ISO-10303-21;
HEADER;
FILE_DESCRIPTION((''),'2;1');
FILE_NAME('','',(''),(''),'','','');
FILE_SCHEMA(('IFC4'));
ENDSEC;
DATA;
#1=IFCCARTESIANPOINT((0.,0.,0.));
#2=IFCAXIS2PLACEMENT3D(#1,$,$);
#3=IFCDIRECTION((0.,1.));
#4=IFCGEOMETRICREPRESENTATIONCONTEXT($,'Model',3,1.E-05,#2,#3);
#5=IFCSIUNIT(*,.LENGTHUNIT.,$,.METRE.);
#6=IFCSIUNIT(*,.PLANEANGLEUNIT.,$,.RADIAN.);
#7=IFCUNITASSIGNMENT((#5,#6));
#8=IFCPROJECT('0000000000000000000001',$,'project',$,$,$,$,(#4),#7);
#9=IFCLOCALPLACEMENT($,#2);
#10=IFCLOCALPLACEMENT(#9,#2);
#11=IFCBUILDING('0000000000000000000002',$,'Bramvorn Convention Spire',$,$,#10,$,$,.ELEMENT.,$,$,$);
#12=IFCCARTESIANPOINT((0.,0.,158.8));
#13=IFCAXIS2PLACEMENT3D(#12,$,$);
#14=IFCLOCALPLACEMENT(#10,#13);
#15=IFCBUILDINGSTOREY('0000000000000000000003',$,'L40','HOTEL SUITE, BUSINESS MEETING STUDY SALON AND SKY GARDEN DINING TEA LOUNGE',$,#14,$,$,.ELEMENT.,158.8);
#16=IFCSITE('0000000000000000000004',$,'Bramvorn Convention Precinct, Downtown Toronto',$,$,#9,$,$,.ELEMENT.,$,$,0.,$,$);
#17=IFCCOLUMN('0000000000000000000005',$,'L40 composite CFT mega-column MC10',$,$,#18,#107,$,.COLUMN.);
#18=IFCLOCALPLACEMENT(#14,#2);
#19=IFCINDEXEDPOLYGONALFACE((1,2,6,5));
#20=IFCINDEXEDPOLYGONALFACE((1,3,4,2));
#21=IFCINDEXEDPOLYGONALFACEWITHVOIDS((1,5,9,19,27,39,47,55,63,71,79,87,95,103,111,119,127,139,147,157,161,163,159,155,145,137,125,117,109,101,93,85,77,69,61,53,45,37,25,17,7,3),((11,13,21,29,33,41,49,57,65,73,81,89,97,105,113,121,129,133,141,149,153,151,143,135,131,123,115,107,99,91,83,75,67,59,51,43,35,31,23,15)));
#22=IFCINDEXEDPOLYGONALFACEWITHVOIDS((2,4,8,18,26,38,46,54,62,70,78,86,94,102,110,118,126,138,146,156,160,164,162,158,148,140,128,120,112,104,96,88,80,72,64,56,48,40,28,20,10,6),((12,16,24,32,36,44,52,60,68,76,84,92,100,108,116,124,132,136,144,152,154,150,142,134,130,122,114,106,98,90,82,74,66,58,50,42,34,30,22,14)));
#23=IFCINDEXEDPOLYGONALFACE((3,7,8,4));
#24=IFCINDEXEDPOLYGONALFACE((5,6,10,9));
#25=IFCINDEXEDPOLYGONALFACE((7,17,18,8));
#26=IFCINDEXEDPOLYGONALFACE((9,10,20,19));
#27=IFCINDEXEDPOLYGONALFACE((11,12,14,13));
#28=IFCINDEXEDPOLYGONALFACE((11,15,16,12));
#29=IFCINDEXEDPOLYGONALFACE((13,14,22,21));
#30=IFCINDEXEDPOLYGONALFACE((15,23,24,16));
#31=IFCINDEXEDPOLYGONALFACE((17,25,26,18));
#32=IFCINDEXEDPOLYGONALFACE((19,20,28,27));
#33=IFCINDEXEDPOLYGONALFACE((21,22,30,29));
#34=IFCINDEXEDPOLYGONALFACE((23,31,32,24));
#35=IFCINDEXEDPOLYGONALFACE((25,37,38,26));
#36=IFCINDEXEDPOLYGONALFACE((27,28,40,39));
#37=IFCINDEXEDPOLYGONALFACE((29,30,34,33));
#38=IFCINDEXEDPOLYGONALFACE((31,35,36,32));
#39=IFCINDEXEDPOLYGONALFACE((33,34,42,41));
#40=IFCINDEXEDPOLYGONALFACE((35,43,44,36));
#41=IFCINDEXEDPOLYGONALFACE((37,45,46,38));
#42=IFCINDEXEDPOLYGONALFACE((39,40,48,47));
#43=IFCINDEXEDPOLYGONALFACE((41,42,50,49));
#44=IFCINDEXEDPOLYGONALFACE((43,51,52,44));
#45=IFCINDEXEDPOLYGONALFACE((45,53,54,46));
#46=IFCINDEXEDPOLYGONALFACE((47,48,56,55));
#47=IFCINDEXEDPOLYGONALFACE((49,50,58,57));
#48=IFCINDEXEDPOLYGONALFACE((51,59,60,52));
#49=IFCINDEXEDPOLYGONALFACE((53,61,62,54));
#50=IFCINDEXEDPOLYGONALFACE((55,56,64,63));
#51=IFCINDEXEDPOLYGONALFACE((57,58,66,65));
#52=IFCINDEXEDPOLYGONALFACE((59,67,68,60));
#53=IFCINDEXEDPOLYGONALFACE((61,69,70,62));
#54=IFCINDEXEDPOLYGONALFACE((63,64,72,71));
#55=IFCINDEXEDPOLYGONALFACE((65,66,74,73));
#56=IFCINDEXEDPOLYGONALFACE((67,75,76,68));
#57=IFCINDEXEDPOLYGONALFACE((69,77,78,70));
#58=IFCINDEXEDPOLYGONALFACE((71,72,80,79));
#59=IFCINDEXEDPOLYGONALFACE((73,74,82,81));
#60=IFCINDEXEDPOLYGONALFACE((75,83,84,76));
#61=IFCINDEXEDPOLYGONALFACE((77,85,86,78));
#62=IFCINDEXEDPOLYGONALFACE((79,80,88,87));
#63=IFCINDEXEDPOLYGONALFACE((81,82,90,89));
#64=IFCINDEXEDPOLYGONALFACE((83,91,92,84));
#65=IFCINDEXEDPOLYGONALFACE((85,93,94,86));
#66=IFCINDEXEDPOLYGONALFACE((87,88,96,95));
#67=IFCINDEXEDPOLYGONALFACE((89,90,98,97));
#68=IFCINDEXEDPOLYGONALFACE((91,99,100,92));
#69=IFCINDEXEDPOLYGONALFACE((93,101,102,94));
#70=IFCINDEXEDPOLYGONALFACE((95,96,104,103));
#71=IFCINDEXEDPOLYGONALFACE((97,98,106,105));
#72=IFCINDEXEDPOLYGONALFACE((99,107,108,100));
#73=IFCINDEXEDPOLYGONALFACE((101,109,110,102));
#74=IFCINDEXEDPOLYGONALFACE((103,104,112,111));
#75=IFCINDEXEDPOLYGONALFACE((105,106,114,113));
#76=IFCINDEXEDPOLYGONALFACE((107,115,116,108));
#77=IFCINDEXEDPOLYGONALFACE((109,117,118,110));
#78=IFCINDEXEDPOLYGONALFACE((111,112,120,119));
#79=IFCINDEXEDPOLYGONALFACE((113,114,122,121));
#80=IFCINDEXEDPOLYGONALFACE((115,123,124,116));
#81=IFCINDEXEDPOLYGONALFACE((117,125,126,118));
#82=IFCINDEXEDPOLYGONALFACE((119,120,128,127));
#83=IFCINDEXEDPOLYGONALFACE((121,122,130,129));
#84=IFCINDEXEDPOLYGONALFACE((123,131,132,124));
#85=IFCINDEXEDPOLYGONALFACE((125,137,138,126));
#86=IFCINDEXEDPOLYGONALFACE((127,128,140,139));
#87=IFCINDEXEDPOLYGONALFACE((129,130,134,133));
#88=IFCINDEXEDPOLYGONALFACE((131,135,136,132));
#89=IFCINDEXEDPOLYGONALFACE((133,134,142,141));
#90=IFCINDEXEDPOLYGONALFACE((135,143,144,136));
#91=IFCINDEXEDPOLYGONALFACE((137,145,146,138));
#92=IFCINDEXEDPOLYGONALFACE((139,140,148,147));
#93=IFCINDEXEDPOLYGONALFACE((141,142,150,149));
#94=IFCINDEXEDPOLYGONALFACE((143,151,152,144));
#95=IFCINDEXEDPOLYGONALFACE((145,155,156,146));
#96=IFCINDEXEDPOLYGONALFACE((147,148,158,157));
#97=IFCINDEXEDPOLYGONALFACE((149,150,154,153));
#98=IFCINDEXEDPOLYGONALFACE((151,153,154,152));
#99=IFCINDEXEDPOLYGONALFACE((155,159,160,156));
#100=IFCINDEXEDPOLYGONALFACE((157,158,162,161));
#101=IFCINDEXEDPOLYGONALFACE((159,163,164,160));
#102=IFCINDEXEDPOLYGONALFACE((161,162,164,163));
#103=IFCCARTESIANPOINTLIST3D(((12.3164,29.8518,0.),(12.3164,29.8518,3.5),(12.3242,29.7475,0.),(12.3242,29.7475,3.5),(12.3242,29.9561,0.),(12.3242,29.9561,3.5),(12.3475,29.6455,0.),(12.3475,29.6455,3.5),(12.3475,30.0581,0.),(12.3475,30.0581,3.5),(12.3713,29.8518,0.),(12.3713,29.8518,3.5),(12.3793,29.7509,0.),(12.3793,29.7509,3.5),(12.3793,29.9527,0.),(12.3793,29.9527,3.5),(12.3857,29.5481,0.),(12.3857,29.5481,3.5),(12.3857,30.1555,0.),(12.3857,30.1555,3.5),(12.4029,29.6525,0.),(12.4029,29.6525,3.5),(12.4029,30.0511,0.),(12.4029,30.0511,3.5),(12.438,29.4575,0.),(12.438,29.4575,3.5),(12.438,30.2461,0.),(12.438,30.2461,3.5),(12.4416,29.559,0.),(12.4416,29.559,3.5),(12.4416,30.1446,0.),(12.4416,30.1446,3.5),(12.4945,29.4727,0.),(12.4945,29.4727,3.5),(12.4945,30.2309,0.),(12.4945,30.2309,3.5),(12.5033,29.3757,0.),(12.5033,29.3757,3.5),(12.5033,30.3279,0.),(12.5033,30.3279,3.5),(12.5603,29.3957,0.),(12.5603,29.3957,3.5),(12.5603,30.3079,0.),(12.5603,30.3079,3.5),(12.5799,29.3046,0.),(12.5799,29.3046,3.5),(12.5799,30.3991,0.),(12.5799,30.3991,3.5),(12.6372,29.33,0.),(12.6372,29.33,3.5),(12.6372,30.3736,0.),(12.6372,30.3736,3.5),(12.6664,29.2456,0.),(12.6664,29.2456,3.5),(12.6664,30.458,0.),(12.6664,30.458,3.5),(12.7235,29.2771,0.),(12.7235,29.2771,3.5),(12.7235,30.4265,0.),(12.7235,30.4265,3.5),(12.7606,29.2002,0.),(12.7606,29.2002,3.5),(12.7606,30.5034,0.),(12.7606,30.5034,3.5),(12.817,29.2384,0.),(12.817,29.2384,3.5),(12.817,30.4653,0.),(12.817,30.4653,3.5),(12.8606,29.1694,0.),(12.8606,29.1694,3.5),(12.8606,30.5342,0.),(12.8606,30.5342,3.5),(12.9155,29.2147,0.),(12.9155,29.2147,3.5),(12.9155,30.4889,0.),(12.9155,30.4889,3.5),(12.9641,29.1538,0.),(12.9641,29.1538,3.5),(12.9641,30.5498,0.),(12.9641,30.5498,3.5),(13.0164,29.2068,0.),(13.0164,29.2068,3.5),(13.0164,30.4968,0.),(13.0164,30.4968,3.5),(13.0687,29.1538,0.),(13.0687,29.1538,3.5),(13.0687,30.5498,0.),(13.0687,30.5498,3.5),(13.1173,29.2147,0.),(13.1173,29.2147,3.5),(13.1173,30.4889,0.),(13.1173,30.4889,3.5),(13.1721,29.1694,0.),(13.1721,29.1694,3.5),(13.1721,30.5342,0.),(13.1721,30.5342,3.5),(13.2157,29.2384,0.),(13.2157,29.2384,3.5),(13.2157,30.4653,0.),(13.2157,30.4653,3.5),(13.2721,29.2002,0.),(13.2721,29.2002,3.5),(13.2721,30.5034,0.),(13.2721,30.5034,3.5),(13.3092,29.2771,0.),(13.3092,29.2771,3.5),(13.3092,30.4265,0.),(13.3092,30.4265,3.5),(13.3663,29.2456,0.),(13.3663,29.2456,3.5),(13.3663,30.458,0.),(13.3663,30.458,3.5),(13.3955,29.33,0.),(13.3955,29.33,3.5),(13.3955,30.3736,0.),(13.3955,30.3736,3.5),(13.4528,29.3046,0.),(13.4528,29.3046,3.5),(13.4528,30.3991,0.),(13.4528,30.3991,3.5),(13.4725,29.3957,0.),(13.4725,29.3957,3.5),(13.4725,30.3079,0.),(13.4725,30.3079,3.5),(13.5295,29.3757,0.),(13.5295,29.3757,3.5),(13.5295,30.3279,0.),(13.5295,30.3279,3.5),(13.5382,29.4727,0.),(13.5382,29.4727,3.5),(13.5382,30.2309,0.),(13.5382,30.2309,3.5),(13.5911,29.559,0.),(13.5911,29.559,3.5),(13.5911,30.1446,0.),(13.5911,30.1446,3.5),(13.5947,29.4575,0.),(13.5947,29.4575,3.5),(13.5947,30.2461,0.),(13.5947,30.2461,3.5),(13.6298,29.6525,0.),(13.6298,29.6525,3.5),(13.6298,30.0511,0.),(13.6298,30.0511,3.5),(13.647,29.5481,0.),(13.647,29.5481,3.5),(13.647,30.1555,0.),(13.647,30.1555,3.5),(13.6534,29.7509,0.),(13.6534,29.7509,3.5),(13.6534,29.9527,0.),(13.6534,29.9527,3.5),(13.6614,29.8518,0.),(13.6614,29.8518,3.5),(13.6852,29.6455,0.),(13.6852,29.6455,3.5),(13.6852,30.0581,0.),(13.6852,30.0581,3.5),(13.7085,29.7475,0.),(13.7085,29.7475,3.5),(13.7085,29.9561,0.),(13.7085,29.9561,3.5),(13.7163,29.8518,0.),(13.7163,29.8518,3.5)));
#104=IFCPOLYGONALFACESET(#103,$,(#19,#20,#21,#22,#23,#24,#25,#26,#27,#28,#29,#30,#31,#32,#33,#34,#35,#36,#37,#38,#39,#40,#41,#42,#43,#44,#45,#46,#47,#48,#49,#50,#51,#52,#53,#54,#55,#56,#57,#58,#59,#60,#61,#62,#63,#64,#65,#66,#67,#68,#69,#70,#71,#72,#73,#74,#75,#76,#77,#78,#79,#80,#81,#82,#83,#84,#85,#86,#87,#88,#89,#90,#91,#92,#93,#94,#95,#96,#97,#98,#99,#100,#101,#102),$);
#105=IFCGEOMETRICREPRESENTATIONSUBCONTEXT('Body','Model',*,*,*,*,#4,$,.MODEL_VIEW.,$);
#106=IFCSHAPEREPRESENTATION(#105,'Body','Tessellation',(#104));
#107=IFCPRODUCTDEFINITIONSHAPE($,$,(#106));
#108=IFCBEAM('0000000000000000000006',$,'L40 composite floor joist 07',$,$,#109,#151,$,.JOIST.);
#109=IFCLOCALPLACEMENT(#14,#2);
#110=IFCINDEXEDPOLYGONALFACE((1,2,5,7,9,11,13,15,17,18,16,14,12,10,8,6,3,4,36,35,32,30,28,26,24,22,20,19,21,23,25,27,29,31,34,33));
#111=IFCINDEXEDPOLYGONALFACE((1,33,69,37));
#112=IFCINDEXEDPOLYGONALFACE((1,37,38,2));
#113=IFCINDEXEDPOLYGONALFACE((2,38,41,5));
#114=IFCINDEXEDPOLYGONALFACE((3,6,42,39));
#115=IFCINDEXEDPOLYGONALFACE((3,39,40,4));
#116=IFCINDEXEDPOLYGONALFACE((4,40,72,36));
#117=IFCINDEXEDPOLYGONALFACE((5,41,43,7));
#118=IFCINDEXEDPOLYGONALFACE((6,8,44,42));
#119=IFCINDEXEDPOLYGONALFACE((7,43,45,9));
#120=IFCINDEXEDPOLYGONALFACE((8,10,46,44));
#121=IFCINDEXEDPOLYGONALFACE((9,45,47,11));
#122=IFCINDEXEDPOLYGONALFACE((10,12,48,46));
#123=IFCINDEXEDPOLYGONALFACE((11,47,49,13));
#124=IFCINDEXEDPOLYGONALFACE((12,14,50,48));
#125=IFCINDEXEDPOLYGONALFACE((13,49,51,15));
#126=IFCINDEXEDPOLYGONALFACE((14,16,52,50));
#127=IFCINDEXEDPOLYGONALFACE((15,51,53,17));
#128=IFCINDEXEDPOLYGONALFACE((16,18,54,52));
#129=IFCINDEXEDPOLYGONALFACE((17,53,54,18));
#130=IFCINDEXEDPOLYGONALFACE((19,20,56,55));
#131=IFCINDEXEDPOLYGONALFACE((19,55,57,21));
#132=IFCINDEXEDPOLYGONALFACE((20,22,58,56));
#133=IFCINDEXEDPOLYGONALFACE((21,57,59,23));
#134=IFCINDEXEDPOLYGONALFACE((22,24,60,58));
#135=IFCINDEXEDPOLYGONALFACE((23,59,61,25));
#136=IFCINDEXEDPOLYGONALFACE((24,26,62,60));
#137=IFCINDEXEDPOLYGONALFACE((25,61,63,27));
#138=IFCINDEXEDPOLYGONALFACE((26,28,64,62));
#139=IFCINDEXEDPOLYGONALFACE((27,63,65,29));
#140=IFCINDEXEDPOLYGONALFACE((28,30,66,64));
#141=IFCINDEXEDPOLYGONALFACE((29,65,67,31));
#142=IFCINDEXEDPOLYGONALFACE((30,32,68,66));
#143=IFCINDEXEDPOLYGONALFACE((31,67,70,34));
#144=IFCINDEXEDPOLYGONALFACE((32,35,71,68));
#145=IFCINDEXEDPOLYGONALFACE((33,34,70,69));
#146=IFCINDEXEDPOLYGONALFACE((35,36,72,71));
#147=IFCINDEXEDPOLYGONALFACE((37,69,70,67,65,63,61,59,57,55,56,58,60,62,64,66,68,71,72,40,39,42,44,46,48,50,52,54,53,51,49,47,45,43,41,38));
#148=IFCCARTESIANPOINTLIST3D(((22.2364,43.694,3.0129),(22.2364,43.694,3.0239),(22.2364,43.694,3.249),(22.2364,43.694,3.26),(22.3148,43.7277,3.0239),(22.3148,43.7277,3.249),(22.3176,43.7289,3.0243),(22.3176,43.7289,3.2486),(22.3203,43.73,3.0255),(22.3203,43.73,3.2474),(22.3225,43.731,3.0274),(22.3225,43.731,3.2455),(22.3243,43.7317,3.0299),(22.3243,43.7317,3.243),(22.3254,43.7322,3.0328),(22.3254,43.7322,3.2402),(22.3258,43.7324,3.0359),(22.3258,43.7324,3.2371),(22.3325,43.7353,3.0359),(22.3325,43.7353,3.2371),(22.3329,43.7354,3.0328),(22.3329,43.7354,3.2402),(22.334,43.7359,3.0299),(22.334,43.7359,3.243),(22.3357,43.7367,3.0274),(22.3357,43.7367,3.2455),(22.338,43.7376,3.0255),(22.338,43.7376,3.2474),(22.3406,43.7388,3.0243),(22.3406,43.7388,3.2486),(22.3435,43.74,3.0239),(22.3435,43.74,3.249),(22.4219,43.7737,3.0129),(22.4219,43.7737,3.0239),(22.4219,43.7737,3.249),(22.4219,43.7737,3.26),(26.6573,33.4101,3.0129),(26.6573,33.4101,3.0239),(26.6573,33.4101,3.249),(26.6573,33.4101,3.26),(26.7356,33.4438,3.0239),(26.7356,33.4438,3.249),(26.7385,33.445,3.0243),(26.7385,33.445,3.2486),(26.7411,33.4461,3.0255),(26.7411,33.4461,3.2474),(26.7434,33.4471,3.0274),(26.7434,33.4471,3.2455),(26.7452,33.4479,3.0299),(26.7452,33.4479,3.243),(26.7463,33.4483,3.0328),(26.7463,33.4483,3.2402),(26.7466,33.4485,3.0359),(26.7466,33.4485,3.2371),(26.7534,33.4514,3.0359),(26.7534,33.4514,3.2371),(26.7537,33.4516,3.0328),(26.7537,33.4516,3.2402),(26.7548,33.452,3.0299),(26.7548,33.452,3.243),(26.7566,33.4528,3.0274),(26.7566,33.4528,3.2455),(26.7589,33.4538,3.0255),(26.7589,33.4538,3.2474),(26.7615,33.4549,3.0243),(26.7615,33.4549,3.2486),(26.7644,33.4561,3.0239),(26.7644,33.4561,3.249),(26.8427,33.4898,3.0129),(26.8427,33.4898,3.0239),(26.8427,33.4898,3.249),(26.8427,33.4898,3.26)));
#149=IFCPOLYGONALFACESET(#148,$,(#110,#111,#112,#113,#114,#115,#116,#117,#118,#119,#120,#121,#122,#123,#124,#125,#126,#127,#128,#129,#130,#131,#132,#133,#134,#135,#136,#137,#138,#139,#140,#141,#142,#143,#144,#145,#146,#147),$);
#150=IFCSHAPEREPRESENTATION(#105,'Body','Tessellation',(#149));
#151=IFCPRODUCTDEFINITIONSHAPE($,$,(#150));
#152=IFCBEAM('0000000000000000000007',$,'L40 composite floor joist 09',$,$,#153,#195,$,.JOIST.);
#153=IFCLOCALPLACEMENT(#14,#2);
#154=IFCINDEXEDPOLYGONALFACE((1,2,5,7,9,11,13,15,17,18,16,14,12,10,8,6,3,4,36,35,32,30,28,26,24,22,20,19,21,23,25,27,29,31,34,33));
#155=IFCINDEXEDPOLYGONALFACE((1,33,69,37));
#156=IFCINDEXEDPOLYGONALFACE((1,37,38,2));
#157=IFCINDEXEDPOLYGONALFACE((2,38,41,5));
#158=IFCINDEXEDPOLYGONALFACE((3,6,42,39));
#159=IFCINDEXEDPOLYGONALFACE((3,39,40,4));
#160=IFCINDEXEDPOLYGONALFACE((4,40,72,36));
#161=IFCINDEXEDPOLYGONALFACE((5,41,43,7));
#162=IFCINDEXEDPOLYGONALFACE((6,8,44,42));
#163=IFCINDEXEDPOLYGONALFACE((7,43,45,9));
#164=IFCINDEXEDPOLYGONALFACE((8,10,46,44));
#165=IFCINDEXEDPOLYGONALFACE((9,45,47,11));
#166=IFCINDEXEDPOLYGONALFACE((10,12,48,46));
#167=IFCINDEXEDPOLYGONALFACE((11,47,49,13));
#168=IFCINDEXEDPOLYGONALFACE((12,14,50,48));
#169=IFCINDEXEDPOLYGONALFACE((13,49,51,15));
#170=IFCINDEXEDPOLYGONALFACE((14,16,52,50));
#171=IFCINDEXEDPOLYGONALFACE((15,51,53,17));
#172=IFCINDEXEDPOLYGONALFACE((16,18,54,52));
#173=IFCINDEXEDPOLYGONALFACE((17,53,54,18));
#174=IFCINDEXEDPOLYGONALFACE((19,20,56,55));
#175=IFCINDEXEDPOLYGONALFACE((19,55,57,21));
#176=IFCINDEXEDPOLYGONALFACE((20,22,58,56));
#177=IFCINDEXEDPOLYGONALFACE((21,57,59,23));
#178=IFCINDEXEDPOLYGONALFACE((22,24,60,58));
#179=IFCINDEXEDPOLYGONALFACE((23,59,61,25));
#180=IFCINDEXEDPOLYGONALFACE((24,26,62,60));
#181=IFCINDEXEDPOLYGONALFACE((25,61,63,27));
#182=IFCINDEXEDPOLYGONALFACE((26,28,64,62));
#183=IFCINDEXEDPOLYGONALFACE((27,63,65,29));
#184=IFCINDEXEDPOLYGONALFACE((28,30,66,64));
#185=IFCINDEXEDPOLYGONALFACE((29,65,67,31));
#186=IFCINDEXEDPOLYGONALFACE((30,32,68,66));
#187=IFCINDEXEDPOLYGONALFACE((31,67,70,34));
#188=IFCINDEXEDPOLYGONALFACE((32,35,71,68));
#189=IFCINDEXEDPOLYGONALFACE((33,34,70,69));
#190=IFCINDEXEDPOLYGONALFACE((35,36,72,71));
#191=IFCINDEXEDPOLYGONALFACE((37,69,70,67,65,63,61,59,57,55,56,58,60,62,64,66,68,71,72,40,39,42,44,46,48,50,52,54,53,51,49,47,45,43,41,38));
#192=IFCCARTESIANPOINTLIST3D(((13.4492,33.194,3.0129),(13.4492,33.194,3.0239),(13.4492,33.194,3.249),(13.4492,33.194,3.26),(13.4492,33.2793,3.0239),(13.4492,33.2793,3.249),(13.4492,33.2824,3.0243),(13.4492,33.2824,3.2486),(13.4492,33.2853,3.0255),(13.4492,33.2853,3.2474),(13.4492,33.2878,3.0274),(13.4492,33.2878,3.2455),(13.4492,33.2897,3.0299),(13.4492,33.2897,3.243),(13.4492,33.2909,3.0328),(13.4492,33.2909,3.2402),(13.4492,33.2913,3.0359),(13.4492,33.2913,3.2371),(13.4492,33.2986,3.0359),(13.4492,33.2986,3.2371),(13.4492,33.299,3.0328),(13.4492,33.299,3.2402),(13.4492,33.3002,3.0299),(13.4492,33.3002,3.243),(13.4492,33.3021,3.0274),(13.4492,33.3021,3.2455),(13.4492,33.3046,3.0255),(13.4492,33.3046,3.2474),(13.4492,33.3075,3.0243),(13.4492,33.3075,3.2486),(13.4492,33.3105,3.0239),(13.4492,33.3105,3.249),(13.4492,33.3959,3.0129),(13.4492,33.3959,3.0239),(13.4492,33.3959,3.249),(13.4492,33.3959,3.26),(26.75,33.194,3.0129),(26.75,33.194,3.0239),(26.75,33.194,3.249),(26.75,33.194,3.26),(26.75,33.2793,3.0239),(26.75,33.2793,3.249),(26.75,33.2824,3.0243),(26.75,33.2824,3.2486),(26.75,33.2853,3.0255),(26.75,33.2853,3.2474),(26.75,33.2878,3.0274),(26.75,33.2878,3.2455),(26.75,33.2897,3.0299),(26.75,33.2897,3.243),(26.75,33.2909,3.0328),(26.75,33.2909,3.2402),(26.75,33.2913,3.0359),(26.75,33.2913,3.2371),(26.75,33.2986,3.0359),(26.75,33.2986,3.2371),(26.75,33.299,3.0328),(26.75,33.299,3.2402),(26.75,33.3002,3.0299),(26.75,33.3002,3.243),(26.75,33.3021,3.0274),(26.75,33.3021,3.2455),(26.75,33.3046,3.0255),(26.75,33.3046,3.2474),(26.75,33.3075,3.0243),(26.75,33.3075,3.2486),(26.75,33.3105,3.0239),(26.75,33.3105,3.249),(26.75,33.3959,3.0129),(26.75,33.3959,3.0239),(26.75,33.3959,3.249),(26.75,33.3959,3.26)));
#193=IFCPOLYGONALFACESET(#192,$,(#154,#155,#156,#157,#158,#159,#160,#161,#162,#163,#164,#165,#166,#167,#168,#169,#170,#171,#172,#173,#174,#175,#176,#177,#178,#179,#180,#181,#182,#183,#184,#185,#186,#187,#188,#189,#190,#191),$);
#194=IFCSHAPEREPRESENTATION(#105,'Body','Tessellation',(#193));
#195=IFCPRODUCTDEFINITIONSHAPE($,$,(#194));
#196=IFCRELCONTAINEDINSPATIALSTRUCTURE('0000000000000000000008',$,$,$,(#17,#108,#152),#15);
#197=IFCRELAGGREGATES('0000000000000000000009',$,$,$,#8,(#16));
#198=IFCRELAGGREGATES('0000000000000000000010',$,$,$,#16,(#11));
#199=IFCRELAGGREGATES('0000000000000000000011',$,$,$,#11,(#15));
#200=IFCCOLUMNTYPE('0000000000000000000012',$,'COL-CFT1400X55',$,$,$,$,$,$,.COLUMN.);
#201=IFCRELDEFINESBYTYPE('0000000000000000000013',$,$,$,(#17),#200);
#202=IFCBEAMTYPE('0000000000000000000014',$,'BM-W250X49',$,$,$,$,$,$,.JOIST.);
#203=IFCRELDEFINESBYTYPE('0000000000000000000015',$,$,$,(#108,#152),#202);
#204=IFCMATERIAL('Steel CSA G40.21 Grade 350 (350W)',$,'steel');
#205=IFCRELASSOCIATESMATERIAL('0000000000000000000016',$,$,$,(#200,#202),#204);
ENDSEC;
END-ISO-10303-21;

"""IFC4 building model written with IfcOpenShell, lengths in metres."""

from ifc_helpers import new_model, si_unit, direction, frame, origin, origin_2d, place, context, subcontext, project, spatial, hollow_circle, i_section, extrude, material, material_profile, profile_set, type_object, element, save


model = new_model("IFC4")

# Units and contexts
model_context = context("Model", 3, precision=1e-05, world=origin(), true_north=direction((0.0, 1.0)))
body_context = subcontext(model_context, "Body", "Model", "MODEL_VIEW")
ifc_project = project(units=[si_unit("LENGTHUNIT", "METRE"), si_unit("PLANEANGLEUNIT", "RADIAN")], contexts=[model_context])

# Site, building, storey
site_placement = place(None, origin())
site = spatial("IfcSite", under=ifc_project, at=site_placement, Name="Bramvorn Convention Precinct, Downtown Toronto", CompositionType="ELEMENT", RefElevation=0.0)
building_placement = place(site_placement, origin())
building = spatial("IfcBuilding", under=site, at=building_placement, Name="Bramvorn Convention Spire", CompositionType="ELEMENT")
storey_placement = place(building_placement, frame((0.0, 0.0, 158.8)))
storey = spatial("IfcBuildingStorey", under=building, at=storey_placement, Name="L40", Description="HOTEL SUITE, BUSINESS MEETING STUDY SALON AND SKY GARDEN DINING TEA LOUNGE", CompositionType="ELEMENT", Elevation=158.8)

# Column
ifc_material_1 = material(Name="Steel CSA G40.21 Grade 350 (350W)", Category="steel")
ifc_material_profile_1 = material_profile(ifc_material_1, hollow_circle(Radius=0.7, WallThickness=0.0549, at=origin_2d()))
ifc_profile_set_1 = profile_set([ifc_material_profile_1], Name="Steel CSA G40.21 Grade 350 (350W) - CFT1400X55")
column_type = type_object("IfcColumnType", Name="COL-CFT1400X55", PredefinedType="COLUMN", material=ifc_profile_set_1)
column_placement = place(storey_placement, frame((13.0164, 29.8518, 0.0), z_axis=(0.0, 0.0, 1.0), x_axis=(1.0, 0.0, 0.0)))
element("IfcColumn", 1, at=column_placement, inside=storey, type_object=column_type, Name="L40 composite CFT mega-column MC10", PredefinedType="COLUMN", context=body_context, shape_type="SweptSolid", body=[
    extrude(hollow_circle(Radius=0.7, WallThickness=0.0549, at=origin_2d()), origin(), (0.0, 0.0, 1.0), 3.5),
])

# Beams
ifc_material_profile_2 = material_profile(ifc_material_1, i_section(OverallWidth=0.2019, OverallDepth=0.2471, WebThickness=0.0073, FlangeThickness=0.011, FilletRadius=0.012, at=origin_2d()))
ifc_profile_set_2 = profile_set([ifc_material_profile_2], Name="Steel CSA G40.21 Grade 350 (350W) - W250X49")
beam_type_1 = type_object("IfcBeamType", Name="BM-W250X49", PredefinedType="JOIST", material=ifc_profile_set_2)
beam_1_placement = place(storey_placement, frame((26.75, 33.45, 3.1365), z_axis=(-0.394938, 0.918708, 0.0), x_axis=(-0.918708, -0.394938, 0.0)))
element("IfcBeam", 2, at=beam_1_placement, inside=storey, type_object=beam_type_1, Name="L40 composite floor joist 07", PredefinedType="JOIST", context=body_context, shape_type="SweptSolid", body=[
    extrude(i_section(OverallWidth=0.2019, OverallDepth=0.2471, WebThickness=0.0073, FlangeThickness=0.011, FilletRadius=0.012, at=origin_2d()), origin(), (0.0, 0.0, 1.0), 11.1938),
])
beam_2_placement = place(storey_placement, frame((26.75, 33.2949, 3.1365), z_axis=(-1.0, 0.0, 0.0), x_axis=(0.0, -1.0, 0.0)))
element("IfcBeam", 3, at=beam_2_placement, inside=storey, type_object=beam_type_1, Name="L40 composite floor joist 09", PredefinedType="JOIST", context=body_context, shape_type="SweptSolid", body=[
    extrude(i_section(OverallWidth=0.2019, OverallDepth=0.2471, WebThickness=0.0073, FlangeThickness=0.011, FilletRadius=0.012, at=origin_2d()), origin(), (0.0, 0.0, 1.0), 13.3008),
])

save(model, "model.ifc")
